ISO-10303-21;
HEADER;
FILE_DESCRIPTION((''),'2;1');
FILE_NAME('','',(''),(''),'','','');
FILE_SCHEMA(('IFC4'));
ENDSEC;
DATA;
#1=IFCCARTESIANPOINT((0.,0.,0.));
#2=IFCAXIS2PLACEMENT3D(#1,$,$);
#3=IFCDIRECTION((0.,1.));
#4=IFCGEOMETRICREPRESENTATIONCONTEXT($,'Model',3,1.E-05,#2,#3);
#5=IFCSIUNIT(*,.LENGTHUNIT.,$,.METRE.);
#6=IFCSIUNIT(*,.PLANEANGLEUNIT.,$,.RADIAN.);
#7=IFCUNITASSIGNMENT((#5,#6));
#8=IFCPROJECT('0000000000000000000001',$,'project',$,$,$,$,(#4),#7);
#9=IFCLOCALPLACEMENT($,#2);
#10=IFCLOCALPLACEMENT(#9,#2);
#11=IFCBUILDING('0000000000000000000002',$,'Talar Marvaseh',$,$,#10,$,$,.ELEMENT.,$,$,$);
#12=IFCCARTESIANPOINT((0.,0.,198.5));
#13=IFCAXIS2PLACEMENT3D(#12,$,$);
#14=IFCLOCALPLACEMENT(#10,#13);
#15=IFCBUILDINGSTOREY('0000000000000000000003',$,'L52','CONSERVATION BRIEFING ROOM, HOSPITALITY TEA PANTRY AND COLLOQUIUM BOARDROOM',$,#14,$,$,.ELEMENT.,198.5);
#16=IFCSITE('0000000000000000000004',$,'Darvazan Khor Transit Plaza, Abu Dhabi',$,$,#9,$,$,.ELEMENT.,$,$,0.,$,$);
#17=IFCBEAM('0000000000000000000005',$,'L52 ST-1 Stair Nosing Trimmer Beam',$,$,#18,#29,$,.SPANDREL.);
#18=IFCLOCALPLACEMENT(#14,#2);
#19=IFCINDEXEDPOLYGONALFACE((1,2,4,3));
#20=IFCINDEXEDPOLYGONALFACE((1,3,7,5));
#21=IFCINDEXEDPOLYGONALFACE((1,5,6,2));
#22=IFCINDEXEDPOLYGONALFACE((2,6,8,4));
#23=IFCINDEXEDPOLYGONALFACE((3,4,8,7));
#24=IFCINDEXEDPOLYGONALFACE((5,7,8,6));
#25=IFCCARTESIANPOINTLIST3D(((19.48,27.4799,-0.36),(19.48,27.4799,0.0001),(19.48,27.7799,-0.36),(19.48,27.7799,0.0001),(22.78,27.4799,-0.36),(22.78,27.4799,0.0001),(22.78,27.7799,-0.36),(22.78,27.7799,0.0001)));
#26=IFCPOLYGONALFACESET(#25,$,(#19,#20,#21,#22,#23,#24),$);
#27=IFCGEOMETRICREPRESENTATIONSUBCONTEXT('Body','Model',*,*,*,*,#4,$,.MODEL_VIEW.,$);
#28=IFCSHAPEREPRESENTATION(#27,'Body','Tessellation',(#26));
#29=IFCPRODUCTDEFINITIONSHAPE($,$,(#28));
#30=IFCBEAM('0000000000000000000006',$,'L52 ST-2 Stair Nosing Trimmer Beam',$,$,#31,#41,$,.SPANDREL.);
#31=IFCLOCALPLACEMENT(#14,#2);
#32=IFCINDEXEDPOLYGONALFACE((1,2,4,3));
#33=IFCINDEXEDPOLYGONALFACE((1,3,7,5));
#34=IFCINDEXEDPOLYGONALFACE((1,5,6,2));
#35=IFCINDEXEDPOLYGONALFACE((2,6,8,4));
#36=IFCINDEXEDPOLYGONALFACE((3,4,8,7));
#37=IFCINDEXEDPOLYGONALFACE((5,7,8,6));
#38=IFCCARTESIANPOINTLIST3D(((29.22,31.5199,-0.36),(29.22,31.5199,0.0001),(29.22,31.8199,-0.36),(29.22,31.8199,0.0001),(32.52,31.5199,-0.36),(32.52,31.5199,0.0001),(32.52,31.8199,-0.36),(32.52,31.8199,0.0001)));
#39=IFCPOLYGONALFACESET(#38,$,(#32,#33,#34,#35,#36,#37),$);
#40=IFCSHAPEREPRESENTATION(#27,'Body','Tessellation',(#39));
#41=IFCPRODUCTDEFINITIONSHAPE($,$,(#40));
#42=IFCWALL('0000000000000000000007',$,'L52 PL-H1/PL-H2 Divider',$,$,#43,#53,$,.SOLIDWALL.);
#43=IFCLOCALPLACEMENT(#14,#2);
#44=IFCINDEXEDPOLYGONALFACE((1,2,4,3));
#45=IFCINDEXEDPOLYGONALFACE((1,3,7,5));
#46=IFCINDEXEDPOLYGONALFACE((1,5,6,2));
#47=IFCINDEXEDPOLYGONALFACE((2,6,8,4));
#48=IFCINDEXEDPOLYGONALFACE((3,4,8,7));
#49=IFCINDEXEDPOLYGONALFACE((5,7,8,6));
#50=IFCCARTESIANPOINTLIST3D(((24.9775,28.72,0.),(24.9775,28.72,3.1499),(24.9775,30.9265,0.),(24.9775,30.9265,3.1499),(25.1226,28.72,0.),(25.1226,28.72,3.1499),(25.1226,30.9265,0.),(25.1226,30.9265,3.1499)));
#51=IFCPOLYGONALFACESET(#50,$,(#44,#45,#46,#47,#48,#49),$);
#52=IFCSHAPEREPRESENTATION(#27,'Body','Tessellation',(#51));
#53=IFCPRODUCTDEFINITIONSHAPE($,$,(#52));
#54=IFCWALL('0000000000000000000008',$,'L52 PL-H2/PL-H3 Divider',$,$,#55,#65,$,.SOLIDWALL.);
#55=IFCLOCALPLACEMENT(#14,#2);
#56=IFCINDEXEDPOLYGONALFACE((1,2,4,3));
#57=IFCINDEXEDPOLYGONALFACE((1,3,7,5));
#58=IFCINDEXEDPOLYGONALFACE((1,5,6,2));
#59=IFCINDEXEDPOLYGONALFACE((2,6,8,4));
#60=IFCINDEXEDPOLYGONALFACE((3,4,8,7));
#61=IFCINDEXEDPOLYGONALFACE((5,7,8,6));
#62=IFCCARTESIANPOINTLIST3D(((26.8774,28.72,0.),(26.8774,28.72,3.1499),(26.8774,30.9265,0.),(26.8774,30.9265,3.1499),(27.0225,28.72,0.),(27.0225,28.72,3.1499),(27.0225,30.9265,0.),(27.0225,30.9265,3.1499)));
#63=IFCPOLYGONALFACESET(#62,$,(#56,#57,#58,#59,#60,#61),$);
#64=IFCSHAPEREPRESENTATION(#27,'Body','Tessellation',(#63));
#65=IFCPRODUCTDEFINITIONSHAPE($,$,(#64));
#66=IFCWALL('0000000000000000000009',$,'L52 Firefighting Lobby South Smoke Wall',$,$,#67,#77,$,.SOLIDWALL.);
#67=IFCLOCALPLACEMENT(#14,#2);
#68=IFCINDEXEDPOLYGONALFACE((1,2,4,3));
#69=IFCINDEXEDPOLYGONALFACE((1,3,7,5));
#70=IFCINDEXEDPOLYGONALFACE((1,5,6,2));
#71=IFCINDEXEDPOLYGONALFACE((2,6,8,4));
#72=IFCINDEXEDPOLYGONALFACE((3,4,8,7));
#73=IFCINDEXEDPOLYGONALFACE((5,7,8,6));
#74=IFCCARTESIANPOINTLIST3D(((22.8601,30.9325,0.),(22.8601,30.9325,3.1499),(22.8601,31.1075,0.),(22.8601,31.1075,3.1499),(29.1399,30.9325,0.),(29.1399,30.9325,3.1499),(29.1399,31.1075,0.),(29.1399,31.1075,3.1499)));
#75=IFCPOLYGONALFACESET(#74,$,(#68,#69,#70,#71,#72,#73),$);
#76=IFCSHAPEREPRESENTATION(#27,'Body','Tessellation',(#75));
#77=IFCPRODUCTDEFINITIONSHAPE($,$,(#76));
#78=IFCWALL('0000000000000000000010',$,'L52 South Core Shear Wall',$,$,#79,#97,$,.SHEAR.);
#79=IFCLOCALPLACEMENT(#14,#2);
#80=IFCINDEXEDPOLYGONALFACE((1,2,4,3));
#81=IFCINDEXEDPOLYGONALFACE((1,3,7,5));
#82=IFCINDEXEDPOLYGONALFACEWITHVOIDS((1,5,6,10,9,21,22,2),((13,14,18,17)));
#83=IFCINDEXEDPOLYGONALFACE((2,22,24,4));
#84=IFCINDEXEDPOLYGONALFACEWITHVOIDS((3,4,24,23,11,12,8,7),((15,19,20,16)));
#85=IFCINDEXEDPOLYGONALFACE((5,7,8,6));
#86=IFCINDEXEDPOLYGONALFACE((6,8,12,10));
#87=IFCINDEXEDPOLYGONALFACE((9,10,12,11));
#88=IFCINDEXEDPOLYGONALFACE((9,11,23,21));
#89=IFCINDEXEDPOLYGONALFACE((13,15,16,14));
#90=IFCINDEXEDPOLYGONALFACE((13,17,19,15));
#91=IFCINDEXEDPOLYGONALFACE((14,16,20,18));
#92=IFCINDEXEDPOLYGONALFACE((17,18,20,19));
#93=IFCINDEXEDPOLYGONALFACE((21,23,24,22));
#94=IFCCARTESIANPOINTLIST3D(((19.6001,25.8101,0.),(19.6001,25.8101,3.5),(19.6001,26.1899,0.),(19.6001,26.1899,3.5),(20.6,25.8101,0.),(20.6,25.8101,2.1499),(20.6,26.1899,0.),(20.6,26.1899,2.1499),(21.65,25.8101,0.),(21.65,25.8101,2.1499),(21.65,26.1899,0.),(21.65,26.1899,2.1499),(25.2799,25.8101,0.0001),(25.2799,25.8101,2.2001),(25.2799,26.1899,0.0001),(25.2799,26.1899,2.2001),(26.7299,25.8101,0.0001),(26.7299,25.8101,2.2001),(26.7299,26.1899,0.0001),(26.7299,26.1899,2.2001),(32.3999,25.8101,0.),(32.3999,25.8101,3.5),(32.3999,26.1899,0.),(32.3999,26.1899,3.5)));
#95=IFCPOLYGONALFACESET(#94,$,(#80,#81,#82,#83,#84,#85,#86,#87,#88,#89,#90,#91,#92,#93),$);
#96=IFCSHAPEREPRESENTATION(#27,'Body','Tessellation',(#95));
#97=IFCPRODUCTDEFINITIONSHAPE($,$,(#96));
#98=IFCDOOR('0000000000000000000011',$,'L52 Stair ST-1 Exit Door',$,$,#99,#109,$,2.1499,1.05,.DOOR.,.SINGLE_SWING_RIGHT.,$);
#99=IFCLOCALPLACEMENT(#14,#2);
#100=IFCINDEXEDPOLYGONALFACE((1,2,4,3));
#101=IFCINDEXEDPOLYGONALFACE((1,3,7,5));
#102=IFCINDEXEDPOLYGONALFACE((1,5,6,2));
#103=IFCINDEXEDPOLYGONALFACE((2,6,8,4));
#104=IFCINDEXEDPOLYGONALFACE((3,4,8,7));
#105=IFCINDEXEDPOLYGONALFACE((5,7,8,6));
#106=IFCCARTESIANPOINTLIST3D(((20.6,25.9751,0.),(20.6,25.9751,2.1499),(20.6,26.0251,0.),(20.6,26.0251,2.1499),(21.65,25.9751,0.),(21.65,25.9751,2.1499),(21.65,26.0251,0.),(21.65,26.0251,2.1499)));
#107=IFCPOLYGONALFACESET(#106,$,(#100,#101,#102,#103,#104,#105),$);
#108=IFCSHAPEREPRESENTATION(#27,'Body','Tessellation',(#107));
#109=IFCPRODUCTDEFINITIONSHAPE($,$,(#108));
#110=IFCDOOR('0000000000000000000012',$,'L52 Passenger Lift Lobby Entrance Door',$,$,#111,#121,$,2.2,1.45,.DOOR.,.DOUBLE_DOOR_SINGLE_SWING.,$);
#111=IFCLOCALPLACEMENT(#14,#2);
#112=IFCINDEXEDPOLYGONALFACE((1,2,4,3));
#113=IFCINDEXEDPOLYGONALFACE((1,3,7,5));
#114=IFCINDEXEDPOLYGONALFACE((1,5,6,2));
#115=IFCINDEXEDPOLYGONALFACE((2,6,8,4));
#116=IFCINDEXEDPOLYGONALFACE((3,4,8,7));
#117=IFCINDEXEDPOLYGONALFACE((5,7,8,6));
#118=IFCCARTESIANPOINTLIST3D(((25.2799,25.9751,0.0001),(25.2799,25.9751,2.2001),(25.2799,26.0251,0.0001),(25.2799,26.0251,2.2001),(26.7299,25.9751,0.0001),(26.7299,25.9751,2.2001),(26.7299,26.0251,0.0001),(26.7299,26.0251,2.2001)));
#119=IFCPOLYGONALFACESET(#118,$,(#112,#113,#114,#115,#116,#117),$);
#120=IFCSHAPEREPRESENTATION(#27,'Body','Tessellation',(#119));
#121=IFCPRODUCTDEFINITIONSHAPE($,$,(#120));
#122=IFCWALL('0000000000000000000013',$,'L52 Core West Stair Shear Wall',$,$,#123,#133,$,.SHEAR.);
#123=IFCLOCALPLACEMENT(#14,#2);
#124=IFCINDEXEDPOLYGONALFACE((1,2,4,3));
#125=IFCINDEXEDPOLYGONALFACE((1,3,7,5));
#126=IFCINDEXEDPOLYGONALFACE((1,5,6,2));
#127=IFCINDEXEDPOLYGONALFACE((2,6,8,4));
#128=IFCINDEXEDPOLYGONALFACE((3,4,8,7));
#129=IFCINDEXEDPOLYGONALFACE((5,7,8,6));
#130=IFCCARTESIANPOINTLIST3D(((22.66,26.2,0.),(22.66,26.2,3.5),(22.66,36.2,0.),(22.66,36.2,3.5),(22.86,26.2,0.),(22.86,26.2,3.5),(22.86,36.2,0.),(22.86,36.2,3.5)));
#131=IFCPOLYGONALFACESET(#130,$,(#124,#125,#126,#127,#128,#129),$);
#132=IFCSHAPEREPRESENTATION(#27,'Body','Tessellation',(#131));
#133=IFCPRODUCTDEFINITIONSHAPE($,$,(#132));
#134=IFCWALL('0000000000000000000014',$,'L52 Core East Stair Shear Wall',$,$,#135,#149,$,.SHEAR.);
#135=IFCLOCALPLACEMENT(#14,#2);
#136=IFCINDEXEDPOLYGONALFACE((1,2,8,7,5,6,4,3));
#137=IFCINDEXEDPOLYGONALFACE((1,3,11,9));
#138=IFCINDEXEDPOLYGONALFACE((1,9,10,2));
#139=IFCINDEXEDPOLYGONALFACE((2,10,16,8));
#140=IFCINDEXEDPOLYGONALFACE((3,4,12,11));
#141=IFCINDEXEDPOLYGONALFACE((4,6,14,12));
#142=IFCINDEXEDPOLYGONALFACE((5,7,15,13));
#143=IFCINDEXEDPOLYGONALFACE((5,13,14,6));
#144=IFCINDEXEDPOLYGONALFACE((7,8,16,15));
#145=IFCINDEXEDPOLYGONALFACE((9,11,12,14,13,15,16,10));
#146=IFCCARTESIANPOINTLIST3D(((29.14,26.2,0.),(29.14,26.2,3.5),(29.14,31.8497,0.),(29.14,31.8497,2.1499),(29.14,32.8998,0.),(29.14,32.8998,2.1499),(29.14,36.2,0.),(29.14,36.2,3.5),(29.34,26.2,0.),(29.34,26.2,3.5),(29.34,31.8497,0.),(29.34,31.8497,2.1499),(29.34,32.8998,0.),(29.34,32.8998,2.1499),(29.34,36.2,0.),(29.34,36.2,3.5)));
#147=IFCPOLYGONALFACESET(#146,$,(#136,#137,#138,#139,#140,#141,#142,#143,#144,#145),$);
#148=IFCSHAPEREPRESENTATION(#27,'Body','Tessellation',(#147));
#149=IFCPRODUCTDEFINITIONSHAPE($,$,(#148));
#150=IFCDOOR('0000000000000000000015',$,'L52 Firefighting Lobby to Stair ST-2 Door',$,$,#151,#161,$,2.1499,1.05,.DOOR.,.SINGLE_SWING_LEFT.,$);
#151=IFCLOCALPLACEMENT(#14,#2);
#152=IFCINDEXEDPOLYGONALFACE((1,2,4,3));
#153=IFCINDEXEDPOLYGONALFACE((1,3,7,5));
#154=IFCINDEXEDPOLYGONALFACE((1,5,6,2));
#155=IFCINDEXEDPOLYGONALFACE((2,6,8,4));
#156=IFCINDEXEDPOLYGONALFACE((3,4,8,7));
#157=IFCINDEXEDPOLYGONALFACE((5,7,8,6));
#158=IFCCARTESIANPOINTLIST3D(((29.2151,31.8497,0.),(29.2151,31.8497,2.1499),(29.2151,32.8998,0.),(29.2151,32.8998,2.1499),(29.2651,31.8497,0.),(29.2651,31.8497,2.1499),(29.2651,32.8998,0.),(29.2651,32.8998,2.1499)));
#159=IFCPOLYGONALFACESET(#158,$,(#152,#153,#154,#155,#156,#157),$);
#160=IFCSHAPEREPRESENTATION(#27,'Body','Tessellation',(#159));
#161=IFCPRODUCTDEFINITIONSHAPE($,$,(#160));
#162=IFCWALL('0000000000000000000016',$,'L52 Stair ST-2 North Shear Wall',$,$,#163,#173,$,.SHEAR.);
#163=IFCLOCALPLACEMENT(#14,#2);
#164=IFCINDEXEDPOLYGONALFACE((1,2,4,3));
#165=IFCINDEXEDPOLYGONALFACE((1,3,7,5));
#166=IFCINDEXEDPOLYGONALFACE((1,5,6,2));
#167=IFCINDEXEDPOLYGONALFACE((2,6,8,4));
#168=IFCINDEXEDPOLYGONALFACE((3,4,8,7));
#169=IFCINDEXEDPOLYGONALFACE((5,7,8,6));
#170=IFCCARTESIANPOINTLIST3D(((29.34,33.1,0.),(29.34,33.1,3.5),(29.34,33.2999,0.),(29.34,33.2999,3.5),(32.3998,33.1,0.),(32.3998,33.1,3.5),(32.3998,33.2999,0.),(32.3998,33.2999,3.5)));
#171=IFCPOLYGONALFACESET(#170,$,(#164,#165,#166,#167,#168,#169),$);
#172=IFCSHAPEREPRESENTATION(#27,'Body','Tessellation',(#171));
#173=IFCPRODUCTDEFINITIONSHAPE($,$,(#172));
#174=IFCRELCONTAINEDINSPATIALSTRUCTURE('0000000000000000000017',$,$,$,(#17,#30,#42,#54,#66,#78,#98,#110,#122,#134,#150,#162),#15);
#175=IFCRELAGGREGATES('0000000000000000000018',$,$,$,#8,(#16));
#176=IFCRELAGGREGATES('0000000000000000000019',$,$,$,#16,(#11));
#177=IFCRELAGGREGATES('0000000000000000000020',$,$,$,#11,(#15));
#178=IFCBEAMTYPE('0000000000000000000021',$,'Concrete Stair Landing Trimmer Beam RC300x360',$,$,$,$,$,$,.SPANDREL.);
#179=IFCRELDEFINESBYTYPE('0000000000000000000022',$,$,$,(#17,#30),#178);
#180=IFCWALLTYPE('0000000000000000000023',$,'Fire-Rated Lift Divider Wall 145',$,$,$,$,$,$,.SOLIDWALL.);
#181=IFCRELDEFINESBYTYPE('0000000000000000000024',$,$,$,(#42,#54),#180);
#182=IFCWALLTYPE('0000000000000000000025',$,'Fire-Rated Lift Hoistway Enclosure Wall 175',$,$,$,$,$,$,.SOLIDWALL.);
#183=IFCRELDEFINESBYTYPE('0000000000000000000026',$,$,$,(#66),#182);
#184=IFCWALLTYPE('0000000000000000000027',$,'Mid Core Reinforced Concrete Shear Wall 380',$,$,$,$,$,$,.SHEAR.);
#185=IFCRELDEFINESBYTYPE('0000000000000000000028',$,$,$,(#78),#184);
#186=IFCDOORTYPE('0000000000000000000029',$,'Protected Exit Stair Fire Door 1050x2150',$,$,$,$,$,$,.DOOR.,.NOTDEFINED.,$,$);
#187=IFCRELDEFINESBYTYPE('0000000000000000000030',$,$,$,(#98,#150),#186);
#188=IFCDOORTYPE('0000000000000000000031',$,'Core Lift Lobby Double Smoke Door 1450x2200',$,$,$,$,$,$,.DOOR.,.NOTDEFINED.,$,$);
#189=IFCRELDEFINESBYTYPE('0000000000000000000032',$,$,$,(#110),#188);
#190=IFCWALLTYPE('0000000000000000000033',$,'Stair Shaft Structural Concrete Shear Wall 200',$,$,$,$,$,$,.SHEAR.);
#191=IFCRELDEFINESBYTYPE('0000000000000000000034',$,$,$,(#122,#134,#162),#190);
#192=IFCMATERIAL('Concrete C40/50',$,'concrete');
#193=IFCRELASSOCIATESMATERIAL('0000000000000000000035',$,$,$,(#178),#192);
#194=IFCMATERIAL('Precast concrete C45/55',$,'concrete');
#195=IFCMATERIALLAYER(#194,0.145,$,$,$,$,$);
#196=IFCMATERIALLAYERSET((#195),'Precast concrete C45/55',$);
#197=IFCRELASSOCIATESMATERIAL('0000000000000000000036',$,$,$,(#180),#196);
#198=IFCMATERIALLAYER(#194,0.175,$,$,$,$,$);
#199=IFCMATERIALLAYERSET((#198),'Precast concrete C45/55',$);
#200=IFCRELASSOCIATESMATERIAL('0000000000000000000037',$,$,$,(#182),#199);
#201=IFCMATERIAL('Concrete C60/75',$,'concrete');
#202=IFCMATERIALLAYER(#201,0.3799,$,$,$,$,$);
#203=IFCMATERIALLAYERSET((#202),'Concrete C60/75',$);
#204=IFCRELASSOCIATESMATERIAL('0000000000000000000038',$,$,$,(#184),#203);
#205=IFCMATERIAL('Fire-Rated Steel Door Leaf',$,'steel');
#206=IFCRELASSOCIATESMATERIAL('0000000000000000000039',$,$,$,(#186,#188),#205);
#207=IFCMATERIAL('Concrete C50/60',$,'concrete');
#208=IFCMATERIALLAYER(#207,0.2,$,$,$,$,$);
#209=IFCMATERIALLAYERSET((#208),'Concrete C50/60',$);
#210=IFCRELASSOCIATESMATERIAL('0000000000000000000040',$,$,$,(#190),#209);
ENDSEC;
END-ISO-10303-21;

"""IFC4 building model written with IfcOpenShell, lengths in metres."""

from ifc_helpers import new_model, si_unit, direction, frame, frame_2d, origin, origin_2d, place, context, subcontext, project, spatial, rectangle, extrude, source, transform, mapped, material, layer, layer_set, material_profile, profile_set, type_object, type_shapes, element, fill, save


model = new_model("IFC4")

# Units and contexts
model_context = context("Model", 3, precision=1e-05, world=origin(), true_north=direction((0.0, 1.0)))
body_context = subcontext(model_context, "Body", "Model", "MODEL_VIEW")
ifc_project = project(units=[si_unit("LENGTHUNIT", "METRE"), si_unit("PLANEANGLEUNIT", "RADIAN")], contexts=[model_context])

# Site, building, storey
site_placement = place(None, origin())
site = spatial("IfcSite", under=ifc_project, at=site_placement, Name="Darvazan Khor Transit Plaza, Abu Dhabi", CompositionType="ELEMENT", RefElevation=0.0)
building_placement = place(site_placement, origin())
building = spatial("IfcBuilding", under=site, at=building_placement, Name="Talar Marvaseh", CompositionType="ELEMENT")
storey_placement = place(building_placement, frame((0.0, 0.0, 198.5)))
storey = spatial("IfcBuildingStorey", under=building, at=storey_placement, Name="L52", Description="CONSERVATION BRIEFING ROOM, HOSPITALITY TEA PANTRY AND COLLOQUIUM BOARDROOM", CompositionType="ELEMENT", Elevation=198.5)

# Beams
ifc_material_1 = material(Name="Concrete C40/50", Category="concrete")
ifc_material_profile = material_profile(ifc_material_1, rectangle(XDim=0.3, YDim=0.3601, at=origin_2d()), Name="RC300x360")
ifc_profile_set = profile_set([ifc_material_profile], Name="Concrete C40/50")
beam_type = type_object("IfcBeamType", Name="Concrete Stair Landing Trimmer Beam RC300x360", PredefinedType="SPANDREL", material=ifc_profile_set)
for number, where, z_axis, x_axis, name in (
    (1, (22.78, 27.6299, -0.1799), (-1.0, 0.0, 0.0), (0.0, -1.0, 0.0), "L52 ST-1 Stair Nosing Trimmer Beam"),
    (2, (29.22, 31.6699, -0.1799), (1.0, 0.0, 0.0), (0.0, 1.0, 0.0), "L52 ST-2 Stair Nosing Trimmer Beam"),
):
    element("IfcBeam", number, at=place(storey_placement, frame(where, z_axis=z_axis, x_axis=x_axis)), inside=storey, type_object=beam_type, Name=name, PredefinedType="SPANDREL", context=body_context, shape_type="SweptSolid", body=[
        extrude(rectangle(XDim=0.3, YDim=0.3601, at=origin_2d()), origin(), (0.0, 0.0, 1.0), 3.3),
    ])

# Walls
ifc_material_2 = material(Name="Precast concrete C45/55", Category="concrete")
ifc_layer_1 = layer(ifc_material_2, 0.145)
ifc_layer_set_1 = layer_set([ifc_layer_1], Name="Precast concrete C45/55")
wall_type_1 = type_object("IfcWallType", Name="Fire-Rated Lift Divider Wall 145", PredefinedType="SOLIDWALL", material=ifc_layer_set_1)
for number, where, z_axis, x_axis, name in (
    (3, (25.05, 28.72, 0.0), (0.0, 0.0, 1.0), (0.0, 1.0, 0.0), "L52 PL-H1/PL-H2 Divider"),
    (4, (26.95, 28.72, 0.0), (0.0, 0.0, 1.0), (0.0, 1.0, 0.0), "L52 PL-H2/PL-H3 Divider"),
):
    element("IfcWall", number, at=place(storey_placement, frame(where, z_axis=z_axis, x_axis=x_axis)), inside=storey, type_object=wall_type_1, Name=name, PredefinedType="SOLIDWALL", context=body_context, shape_type="SweptSolid", body=[
        extrude(rectangle(XDim=2.2065, YDim=0.145, at=frame_2d((1.1033, 0.0))), origin(), (0.0, 0.0, 1.0), 3.1499),
    ])

# Shared definitions
ifc_layer_2 = layer(ifc_material_2, 0.175)
ifc_layer_set_2 = layer_set([ifc_layer_2], Name="Precast concrete C45/55")
wall_type_2 = type_object("IfcWallType", Name="Fire-Rated Lift Hoistway Enclosure Wall 175", PredefinedType="SOLIDWALL", material=ifc_layer_set_2)

# Wall
wall_1_placement = place(storey_placement, frame((22.8601, 31.02, 0.0), z_axis=(0.0, 0.0, 1.0), x_axis=(1.0, 0.0, 0.0)))
element("IfcWall", 5, at=wall_1_placement, inside=storey, type_object=wall_type_2, Name="L52 Firefighting Lobby South Smoke Wall", PredefinedType="SOLIDWALL", context=body_context, shape_type="SweptSolid", body=[
    extrude(rectangle(XDim=6.2798, YDim=0.175, at=frame_2d((3.1399, 0.0))), origin(), (0.0, 0.0, 1.0), 3.1499),
])

# Wall, openings, doors
ifc_material_3 = material(Name="Concrete C60/75", Category="concrete")
ifc_layer_3 = layer(ifc_material_3, 0.3799)
ifc_layer_set_3 = layer_set([ifc_layer_3], Name="Concrete C60/75")
wall_type_3 = type_object("IfcWallType", Name="Mid Core Reinforced Concrete Shear Wall 380", PredefinedType="SHEAR", material=ifc_layer_set_3)
wall_2_placement = place(storey_placement, frame((32.3999, 26.0, 0.0), z_axis=(0.0, 0.0, 1.0), x_axis=(-1.0, 0.0, 0.0)))
wall_2 = element("IfcWall", 6, at=wall_2_placement, inside=storey, type_object=wall_type_3, Name="L52 South Core Shear Wall", PredefinedType="SHEAR", context=body_context, shape_type="SweptSolid", body=[
    extrude(rectangle(XDim=12.7998, YDim=0.3799, at=frame_2d((6.3999, 0.0))), origin(), (0.0, 0.0, 1.0), 3.5),
])
opening_1_placement = place(wall_2_placement, frame((10.75, 0.0, 0.0)))
opening_1 = element("IfcOpeningElement", 7, at=opening_1_placement, cuts=wall_2, PredefinedType="OPENING", context=body_context, shape_type="SweptSolid", body=[
    extrude(rectangle(XDim=1.05, YDim=2.1499, at=frame_2d((0.5249, 1.075))), frame((0.0, 0.2, 0.0), z_axis=(0.0, -1.0, 0.0), x_axis=(1.0, 0.0, 0.0)), (0.0, 0.0, 1.0), 0.3999),
])
opening_2_placement = place(wall_2_placement, frame((5.6699, 0.0, 0.0)))
opening_2 = element("IfcOpeningElement", 8, at=opening_2_placement, cuts=wall_2, PredefinedType="OPENING", context=body_context, shape_type="SweptSolid", body=[
    extrude(rectangle(XDim=1.45, YDim=2.2, at=frame_2d((0.7251, 1.1001))), frame((0.0, 0.2, 0.0), z_axis=(0.0, -1.0, 0.0), x_axis=(1.0, 0.0, 0.0)), (0.0, 0.0, 1.0), 0.3999),
])
ifc_material_4 = material(Name="Fire-Rated Steel Door Leaf", Category="steel")
door_type_1 = type_object("IfcDoorType", Name="Protected Exit Stair Fire Door 1050x2150", OperationType="NOTDEFINED", PredefinedType="DOOR", material=ifc_material_4)
shared_shape_1 = source(origin(), body_context, "Body", "SweptSolid", [
    extrude(rectangle(XDim=1.05, YDim=2.1499, at=frame_2d((0.5249, 1.075))), frame((0.0, 0.0249, 0.0), z_axis=(0.0, -1.0, 0.0), x_axis=(1.0, 0.0, 0.0)), (0.0, 0.0, 1.0), 0.05),
])
type_shapes(door_type_1, [shared_shape_1])
door_1_placement = place(opening_1_placement, origin())
door_1 = element("IfcDoor", 9, at=door_1_placement, inside=storey, type_object=door_type_1, Name="L52 Stair ST-1 Exit Door", OperationType="SINGLE_SWING_RIGHT", OverallHeight=2.1499, OverallWidth=1.05, PredefinedType="DOOR", context=body_context, shape_type="MappedRepresentation", body=[
    mapped(shared_shape_1, transform((0.0, 0.0, 0.0), x_axis=(1.0, 0.0, 0.0), y_axis=(0.0, 1.0, 0.0), z_axis=(0.0, 0.0, 1.0), scale=1.0)),
])
fill(opening_1, door_1)
door_type_2 = type_object("IfcDoorType", Name="Core Lift Lobby Double Smoke Door 1450x2200", OperationType="NOTDEFINED", PredefinedType="DOOR", material=ifc_material_4)
shared_shape_2 = source(origin(), body_context, "Body", "SweptSolid", [
    extrude(rectangle(XDim=1.45, YDim=2.2, at=frame_2d((0.7251, 1.1001))), frame((0.0, 0.0249, 0.0), z_axis=(0.0, -1.0, 0.0), x_axis=(1.0, 0.0, 0.0)), (0.0, 0.0, 1.0), 0.05),
])
type_shapes(door_type_2, [shared_shape_2])
door_2_placement = place(opening_2_placement, origin())
door_2 = element("IfcDoor", 10, at=door_2_placement, inside=storey, type_object=door_type_2, Name="L52 Passenger Lift Lobby Entrance Door", OperationType="DOUBLE_DOOR_SINGLE_SWING", OverallHeight=2.2, OverallWidth=1.45, PredefinedType="DOOR", context=body_context, shape_type="MappedRepresentation", body=[
    mapped(shared_shape_2, transform((0.0, 0.0, 0.0), x_axis=(1.0, 0.0, 0.0), y_axis=(0.0, 1.0, 0.0), z_axis=(0.0, 0.0, 1.0), scale=1.0)),
])
fill(opening_2, door_2)

# Wall
ifc_material_5 = material(Name="Concrete C50/60", Category="concrete")
ifc_layer_4 = layer(ifc_material_5, 0.2)
ifc_layer_set_4 = layer_set([ifc_layer_4], Name="Concrete C50/60")
wall_type_4 = type_object("IfcWallType", Name="Stair Shaft Structural Concrete Shear Wall 200", PredefinedType="SHEAR", material=ifc_layer_set_4)
wall_3_placement = place(storey_placement, frame((22.76, 26.2, 0.0), z_axis=(0.0, 0.0, 1.0), x_axis=(0.0, 1.0, 0.0)))
element("IfcWall", 11, at=wall_3_placement, inside=storey, type_object=wall_type_4, Name="L52 Core West Stair Shear Wall", PredefinedType="SHEAR", context=body_context, shape_type="SweptSolid", body=[
    extrude(rectangle(XDim=10.0, YDim=0.2, at=frame_2d((5.0, 0.0))), origin(), (0.0, 0.0, 1.0), 3.5),
])

# Wall, opening, door
wall_4_placement = place(storey_placement, frame((29.24, 26.2, 0.0), z_axis=(0.0, 0.0, 1.0), x_axis=(0.0, 1.0, 0.0)))
wall_4 = element("IfcWall", 12, at=wall_4_placement, inside=storey, type_object=wall_type_4, Name="L52 Core East Stair Shear Wall", PredefinedType="SHEAR", context=body_context, shape_type="SweptSolid", body=[
    extrude(rectangle(XDim=10.0, YDim=0.2, at=frame_2d((5.0, 0.0))), origin(), (0.0, 0.0, 1.0), 3.5),
])
opening_3_placement = place(wall_4_placement, frame((5.6499, 0.0, 0.0)))
opening_3 = element("IfcOpeningElement", 13, at=opening_3_placement, cuts=wall_4, PredefinedType="OPENING", context=body_context, shape_type="SweptSolid", body=[
    extrude(rectangle(XDim=1.05, YDim=2.1499, at=frame_2d((0.5249, 1.075))), frame((0.0, 0.1099, 0.0), z_axis=(0.0, -1.0, 0.0), x_axis=(1.0, 0.0, 0.0)), (0.0, 0.0, 1.0), 0.22),
])
door_3_placement = place(opening_3_placement, origin())
door_3 = element("IfcDoor", 14, at=door_3_placement, inside=storey, type_object=door_type_1, Name="L52 Firefighting Lobby to Stair ST-2 Door", OperationType="SINGLE_SWING_LEFT", OverallHeight=2.1499, OverallWidth=1.05, PredefinedType="DOOR", context=body_context, shape_type="MappedRepresentation", body=[
    mapped(shared_shape_1, transform((0.0, 0.0, 0.0), x_axis=(1.0, 0.0, 0.0), y_axis=(0.0, 1.0, 0.0), z_axis=(0.0, 0.0, 1.0), scale=1.0)),
])
fill(opening_3, door_3)

# Wall
wall_5_placement = place(storey_placement, frame((29.3401, 33.2, 0.0), z_axis=(0.0, 0.0, 1.0), x_axis=(1.0, 0.0, 0.0)))
element("IfcWall", 15, at=wall_5_placement, inside=storey, type_object=wall_type_4, Name="L52 Stair ST-2 North Shear Wall", PredefinedType="SHEAR", context=body_context, shape_type="SweptSolid", body=[
    extrude(rectangle(XDim=3.0598, YDim=0.2, at=frame_2d((1.5298, 0.0))), origin(), (0.0, 0.0, 1.0), 3.5),
])

save(model, "model.ifc")
